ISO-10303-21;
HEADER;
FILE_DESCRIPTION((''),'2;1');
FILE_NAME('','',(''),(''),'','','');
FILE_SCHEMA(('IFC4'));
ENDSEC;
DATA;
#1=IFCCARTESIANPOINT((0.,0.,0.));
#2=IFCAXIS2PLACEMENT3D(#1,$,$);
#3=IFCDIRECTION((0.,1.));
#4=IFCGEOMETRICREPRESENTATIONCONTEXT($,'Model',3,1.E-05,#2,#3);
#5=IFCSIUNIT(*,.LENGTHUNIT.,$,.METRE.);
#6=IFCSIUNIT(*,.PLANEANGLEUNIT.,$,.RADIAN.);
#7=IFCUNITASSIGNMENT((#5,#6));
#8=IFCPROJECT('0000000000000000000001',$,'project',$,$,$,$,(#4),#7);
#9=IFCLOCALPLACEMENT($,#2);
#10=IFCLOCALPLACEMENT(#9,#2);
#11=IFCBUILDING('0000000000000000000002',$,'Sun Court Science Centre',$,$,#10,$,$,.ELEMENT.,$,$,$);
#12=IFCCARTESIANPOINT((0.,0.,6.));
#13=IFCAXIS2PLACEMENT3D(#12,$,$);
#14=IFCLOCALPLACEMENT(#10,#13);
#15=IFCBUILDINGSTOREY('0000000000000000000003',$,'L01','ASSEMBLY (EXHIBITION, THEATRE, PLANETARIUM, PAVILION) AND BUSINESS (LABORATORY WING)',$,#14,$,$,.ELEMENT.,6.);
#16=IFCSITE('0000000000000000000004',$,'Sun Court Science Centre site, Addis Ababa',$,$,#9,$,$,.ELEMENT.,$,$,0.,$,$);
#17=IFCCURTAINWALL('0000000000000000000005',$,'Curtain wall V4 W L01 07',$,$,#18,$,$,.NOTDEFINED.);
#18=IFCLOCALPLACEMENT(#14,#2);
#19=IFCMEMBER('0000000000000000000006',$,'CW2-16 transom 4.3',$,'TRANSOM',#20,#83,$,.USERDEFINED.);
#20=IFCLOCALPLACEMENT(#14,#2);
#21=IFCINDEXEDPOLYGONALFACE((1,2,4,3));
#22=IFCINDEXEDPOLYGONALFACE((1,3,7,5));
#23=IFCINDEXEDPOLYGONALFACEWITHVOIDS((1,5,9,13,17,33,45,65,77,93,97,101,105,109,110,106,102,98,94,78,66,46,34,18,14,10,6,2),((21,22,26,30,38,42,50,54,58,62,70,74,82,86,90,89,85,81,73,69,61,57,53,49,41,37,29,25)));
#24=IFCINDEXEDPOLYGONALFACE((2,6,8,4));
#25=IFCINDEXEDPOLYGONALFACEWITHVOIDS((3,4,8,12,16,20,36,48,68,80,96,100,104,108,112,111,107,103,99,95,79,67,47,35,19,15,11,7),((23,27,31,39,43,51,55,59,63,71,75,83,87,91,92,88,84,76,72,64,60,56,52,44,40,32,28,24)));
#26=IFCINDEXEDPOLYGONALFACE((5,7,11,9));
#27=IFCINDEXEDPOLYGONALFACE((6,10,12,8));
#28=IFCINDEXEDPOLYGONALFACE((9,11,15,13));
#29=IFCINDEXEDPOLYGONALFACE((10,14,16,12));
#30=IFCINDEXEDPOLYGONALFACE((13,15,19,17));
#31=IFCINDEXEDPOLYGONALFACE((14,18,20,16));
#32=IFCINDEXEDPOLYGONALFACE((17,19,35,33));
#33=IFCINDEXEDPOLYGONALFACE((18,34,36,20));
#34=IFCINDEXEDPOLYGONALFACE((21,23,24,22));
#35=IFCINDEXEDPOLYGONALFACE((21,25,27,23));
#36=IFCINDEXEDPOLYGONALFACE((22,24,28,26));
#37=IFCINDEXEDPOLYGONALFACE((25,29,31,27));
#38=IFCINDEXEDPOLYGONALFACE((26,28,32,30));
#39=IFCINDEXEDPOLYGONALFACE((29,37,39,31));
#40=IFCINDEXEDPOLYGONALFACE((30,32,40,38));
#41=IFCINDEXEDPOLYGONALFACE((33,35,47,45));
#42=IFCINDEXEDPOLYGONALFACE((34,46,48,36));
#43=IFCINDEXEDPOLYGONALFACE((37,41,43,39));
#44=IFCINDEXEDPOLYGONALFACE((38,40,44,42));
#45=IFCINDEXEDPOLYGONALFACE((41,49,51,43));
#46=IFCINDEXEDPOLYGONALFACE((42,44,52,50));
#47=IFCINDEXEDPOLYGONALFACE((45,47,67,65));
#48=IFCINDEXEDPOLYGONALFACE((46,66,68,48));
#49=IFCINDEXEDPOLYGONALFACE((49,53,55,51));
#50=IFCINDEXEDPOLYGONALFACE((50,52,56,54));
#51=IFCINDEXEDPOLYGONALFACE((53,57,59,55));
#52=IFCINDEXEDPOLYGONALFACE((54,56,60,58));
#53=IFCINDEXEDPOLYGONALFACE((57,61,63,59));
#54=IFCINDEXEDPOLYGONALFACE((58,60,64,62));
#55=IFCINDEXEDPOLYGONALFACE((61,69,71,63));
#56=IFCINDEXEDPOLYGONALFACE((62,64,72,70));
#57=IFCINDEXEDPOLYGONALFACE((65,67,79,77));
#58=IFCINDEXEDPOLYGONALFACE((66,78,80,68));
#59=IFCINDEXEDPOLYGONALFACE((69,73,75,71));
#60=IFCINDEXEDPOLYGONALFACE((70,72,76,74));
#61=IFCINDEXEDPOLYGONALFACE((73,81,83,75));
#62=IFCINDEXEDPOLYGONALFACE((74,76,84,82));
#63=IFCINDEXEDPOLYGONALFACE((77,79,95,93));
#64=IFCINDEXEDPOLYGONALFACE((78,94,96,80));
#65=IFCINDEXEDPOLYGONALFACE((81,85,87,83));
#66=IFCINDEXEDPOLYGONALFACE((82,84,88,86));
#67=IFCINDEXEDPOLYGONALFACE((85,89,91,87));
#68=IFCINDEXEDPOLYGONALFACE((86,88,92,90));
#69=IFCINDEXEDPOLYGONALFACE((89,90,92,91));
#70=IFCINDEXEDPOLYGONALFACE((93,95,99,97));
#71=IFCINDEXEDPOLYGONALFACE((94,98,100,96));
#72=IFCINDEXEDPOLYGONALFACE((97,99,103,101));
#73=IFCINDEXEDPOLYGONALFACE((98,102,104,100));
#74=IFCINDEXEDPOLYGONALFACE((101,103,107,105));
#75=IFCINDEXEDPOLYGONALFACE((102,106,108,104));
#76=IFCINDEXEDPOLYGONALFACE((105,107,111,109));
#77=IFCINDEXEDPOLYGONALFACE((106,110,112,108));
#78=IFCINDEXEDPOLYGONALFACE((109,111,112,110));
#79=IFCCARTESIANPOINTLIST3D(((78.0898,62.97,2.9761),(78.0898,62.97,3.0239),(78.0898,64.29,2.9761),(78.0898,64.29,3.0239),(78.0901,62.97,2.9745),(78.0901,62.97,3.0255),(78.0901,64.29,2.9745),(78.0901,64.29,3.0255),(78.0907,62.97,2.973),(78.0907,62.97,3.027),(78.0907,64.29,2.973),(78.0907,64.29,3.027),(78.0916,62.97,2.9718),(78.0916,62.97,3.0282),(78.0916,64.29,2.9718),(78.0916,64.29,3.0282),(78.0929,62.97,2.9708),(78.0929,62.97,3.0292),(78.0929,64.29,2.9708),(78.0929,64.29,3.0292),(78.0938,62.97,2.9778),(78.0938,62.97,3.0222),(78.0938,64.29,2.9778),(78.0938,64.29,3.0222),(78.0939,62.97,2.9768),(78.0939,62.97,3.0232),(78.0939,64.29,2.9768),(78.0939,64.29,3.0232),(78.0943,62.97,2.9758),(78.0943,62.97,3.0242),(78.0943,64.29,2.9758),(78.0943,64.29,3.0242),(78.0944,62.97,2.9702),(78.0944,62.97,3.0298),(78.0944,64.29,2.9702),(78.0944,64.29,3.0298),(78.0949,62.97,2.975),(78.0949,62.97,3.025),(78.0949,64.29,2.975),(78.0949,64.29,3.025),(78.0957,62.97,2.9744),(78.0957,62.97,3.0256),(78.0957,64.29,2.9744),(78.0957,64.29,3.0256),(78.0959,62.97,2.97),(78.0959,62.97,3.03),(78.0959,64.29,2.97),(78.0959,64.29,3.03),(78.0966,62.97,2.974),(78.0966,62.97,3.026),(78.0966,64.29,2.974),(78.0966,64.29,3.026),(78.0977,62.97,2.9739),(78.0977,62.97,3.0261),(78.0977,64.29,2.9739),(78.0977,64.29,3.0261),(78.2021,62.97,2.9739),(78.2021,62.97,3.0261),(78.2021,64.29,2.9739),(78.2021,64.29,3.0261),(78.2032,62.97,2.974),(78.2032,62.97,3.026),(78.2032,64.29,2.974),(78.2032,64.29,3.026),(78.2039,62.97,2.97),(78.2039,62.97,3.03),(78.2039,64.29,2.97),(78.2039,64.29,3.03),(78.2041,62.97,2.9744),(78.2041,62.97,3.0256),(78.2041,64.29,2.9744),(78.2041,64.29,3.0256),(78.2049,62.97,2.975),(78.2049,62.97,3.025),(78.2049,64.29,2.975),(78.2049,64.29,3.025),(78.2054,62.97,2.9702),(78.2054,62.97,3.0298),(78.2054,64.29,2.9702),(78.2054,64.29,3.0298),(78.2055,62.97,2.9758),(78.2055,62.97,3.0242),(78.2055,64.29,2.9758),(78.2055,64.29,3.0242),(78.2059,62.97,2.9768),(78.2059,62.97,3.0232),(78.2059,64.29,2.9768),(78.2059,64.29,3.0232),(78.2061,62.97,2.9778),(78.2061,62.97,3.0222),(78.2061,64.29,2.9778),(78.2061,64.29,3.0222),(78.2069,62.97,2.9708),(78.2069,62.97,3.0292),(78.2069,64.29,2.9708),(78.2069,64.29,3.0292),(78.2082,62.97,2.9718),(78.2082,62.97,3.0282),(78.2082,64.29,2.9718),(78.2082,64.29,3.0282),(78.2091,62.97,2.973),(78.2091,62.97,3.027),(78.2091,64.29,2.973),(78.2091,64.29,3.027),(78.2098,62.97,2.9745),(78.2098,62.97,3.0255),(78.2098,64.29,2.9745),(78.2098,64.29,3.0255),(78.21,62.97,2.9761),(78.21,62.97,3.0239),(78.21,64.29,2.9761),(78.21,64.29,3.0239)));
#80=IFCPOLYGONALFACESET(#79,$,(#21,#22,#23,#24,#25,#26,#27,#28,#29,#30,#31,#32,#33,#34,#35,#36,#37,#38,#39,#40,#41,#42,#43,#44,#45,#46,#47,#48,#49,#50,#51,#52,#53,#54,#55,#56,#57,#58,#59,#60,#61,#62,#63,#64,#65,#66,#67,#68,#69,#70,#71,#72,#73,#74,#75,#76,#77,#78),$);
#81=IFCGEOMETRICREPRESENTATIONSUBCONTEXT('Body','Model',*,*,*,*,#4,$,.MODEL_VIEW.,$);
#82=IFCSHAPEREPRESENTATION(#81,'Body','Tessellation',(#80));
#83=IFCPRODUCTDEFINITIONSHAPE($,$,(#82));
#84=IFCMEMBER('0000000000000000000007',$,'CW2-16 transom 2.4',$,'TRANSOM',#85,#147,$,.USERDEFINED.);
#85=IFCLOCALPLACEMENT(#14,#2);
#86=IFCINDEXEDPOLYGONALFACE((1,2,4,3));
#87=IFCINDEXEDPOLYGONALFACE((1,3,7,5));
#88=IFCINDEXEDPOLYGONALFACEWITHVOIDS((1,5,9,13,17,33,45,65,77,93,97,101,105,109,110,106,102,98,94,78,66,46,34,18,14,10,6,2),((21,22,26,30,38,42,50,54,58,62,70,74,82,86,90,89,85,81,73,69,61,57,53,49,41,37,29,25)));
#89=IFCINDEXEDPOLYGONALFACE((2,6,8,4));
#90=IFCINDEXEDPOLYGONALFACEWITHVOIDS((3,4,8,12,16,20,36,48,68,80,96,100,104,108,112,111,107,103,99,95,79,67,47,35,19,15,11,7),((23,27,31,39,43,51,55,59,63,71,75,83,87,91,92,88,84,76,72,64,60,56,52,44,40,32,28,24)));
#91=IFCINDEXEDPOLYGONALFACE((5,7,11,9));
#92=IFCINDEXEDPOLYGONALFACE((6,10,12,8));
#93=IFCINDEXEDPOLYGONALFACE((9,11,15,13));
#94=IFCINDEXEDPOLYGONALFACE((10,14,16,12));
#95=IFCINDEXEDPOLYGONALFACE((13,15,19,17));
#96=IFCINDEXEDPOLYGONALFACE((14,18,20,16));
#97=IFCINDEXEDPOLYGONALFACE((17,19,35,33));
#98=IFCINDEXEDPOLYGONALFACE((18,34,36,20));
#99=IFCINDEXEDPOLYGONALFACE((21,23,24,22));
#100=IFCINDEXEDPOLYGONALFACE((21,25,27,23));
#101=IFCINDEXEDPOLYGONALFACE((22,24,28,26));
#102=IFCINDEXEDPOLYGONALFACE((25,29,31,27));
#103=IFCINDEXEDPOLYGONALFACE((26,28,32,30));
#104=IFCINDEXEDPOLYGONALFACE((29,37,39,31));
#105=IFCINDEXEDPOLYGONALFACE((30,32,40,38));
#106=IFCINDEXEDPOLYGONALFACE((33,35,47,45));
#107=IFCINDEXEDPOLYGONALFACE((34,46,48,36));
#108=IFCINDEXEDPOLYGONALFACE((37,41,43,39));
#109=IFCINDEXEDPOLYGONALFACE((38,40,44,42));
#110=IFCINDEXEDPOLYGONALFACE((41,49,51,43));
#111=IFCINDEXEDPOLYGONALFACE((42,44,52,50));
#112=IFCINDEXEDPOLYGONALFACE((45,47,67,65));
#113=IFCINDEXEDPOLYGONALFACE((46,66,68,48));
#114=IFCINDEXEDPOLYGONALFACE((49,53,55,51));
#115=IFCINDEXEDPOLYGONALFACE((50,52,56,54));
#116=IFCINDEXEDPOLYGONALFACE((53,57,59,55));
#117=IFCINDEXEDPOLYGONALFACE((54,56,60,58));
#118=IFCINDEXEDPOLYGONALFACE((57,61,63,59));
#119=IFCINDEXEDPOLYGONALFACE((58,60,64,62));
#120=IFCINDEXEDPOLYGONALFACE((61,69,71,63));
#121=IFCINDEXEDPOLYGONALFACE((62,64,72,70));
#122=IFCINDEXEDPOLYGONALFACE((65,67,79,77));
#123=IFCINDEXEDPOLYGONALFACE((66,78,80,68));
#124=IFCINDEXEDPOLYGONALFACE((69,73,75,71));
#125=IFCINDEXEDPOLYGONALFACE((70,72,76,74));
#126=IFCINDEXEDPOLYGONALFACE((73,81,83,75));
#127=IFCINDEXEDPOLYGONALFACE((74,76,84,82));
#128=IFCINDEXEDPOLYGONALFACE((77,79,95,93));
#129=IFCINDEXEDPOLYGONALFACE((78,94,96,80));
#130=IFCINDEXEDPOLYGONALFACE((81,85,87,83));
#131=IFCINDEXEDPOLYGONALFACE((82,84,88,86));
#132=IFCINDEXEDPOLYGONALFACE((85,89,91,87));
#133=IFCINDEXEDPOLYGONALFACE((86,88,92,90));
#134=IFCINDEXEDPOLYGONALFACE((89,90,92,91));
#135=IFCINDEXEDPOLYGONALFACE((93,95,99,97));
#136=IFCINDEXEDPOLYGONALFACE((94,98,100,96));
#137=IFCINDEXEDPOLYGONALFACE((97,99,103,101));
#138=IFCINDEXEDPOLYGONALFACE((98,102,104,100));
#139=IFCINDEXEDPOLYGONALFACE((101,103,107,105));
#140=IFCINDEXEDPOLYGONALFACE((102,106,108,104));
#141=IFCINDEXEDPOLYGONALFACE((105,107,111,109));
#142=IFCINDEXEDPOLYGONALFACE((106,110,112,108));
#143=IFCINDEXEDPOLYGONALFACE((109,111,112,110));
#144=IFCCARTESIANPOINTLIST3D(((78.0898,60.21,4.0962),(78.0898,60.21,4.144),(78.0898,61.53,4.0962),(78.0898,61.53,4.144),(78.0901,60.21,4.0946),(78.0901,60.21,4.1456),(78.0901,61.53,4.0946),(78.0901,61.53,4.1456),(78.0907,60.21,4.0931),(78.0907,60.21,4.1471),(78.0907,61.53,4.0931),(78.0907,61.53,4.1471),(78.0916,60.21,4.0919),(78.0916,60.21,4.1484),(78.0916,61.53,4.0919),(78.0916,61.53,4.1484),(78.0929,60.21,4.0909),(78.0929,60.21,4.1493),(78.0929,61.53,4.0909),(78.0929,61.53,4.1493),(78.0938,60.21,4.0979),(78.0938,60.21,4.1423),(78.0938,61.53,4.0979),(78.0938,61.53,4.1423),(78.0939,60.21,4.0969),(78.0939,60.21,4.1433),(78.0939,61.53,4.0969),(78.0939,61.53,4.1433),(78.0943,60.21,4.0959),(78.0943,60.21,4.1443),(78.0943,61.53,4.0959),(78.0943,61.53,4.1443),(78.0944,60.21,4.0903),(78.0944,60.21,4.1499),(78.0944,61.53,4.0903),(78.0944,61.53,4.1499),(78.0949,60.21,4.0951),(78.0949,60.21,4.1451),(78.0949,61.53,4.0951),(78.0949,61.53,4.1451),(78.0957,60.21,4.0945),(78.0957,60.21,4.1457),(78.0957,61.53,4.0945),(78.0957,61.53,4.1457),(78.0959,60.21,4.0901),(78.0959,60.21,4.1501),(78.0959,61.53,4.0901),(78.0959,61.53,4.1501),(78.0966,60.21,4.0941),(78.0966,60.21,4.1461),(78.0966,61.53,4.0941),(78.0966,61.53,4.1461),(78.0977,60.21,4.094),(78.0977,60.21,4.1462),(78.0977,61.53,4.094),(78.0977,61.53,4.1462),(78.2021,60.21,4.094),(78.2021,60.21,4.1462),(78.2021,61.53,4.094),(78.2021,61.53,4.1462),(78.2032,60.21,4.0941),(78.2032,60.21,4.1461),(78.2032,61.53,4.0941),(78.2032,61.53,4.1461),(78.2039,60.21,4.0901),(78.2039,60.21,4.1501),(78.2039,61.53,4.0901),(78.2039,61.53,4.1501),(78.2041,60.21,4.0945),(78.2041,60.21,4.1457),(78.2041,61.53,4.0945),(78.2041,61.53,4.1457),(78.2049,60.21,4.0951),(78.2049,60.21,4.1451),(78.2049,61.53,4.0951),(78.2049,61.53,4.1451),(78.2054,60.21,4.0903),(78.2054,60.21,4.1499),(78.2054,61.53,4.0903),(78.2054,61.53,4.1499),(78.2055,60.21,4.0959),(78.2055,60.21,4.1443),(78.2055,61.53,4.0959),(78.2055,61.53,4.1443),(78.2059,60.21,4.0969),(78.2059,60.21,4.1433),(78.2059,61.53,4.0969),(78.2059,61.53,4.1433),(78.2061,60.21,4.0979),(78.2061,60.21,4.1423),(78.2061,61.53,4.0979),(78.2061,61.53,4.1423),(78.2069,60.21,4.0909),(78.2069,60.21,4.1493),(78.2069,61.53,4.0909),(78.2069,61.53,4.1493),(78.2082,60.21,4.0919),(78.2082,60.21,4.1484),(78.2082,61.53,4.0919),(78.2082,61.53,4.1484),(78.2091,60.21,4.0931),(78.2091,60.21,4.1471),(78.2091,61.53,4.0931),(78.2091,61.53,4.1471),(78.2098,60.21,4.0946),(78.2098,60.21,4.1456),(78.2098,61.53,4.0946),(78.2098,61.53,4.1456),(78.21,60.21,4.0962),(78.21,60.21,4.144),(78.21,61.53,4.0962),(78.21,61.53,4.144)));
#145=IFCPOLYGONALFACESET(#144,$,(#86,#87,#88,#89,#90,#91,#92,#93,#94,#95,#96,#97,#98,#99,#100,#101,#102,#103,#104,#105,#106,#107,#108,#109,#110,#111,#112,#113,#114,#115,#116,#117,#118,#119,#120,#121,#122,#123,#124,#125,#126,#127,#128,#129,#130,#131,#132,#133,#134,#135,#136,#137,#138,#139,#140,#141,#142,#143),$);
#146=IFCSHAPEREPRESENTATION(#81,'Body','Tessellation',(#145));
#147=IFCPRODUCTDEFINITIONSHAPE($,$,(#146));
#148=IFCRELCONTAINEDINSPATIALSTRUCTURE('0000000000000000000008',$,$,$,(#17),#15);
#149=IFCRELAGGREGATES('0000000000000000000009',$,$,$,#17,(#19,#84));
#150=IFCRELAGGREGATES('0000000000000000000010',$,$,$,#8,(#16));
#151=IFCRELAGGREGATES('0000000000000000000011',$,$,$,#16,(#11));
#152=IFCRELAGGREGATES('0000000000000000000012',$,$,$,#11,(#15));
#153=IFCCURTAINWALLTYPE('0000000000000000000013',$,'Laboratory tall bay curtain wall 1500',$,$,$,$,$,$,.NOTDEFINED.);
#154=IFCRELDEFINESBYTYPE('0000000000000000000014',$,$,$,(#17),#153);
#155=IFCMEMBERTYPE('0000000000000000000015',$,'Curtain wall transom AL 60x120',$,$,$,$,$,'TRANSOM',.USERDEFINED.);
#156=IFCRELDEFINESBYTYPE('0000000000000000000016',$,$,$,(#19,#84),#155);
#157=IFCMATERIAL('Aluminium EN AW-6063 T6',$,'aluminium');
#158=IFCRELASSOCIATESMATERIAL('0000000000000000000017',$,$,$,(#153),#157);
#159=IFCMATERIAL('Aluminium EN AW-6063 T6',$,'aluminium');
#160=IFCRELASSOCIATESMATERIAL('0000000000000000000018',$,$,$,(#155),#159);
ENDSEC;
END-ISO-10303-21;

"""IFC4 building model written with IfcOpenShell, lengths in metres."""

from ifc_helpers import new_model, si_unit, direction, frame, origin, origin_2d, place, context, subcontext, project, spatial, hollow_rectangle, extrude, material, material_profile, profile_set, type_object, element, aggregate, save


model = new_model("IFC4")

# Units and contexts
model_context = context("Model", 3, precision=1e-05, world=origin(), true_north=direction((0.0, 1.0)))
body_context = subcontext(model_context, "Body", "Model", "MODEL_VIEW")
ifc_project = project(units=[si_unit("LENGTHUNIT", "METRE"), si_unit("PLANEANGLEUNIT", "RADIAN")], contexts=[model_context])

# Site, building, storey
site_placement = place(None, origin())
site = spatial("IfcSite", under=ifc_project, at=site_placement, Name="Sun Court Science Centre site, Addis Ababa", CompositionType="ELEMENT", RefElevation=0.0)
building_placement = place(site_placement, origin())
building = spatial("IfcBuilding", under=site, at=building_placement, Name="Sun Court Science Centre", CompositionType="ELEMENT")
storey_placement = place(building_placement, frame((0.0, 0.0, 6.0)))
storey = spatial("IfcBuildingStorey", under=building, at=storey_placement, Name="L01", Description="ASSEMBLY (EXHIBITION, THEATRE, PLANETARIUM, PAVILION) AND BUSINESS (LABORATORY WING)", CompositionType="ELEMENT", Elevation=6.0)

# Curtain wall, members
ifc_material_1 = material(Name="Aluminium EN AW-6063 T6", Category="aluminium")
curtain_wall_type = type_object("IfcCurtainWallType", Name="Laboratory tall bay curtain wall 1500", PredefinedType="NOTDEFINED", material=ifc_material_1)
curtain_wall_placement = place(storey_placement, origin())
curtain_wall = element("IfcCurtainWall", 1, at=curtain_wall_placement, inside=storey, type_object=curtain_wall_type, Name="Curtain wall V4 W L01 07", PredefinedType="NOTDEFINED")
ifc_material_2 = material(Name="Aluminium EN AW-6063 T6", Category="aluminium")
ifc_material_profile_1 = material_profile(ifc_material_2, hollow_rectangle(XDim=0.0601, YDim=0.1201, WallThickness=0.0039, InnerFilletRadius=0.0039, OuterFilletRadius=0.0061, at=origin_2d()), Name="AL 60x120x4")
ifc_profile_set_1 = profile_set([ifc_material_profile_1], Name="Aluminium EN AW-6063 T6")
member_type_1 = type_object("IfcMemberType", Name="Curtain wall transom AL 60x120", ElementType="TRANSOM", PredefinedType="USERDEFINED", material=ifc_profile_set_1)
member_1_placement = place(storey_placement, frame((78.1499, 62.97, 3.0), z_axis=(0.0, 1.0, 0.0), x_axis=(0.0, 0.0, 1.0)))
member_1 = element("IfcMember", 2, at=member_1_placement, type_object=member_type_1, Name="CW2-16 transom 4.3", ObjectType="TRANSOM", PredefinedType="USERDEFINED", context=body_context, shape_type="SweptSolid", body=[
    extrude(hollow_rectangle(XDim=0.0601, YDim=0.1201, WallThickness=0.0039, InnerFilletRadius=0.0039, OuterFilletRadius=0.0061, at=origin_2d()), origin(), (0.0, 0.0, 1.0), 1.3201),
])
member_2_placement = place(storey_placement, frame((78.1499, 60.21, 4.1201), z_axis=(0.0, 1.0, 0.0), x_axis=(0.0, 0.0, 1.0)))
member_2 = element("IfcMember", 3, at=member_2_placement, type_object=member_type_1, Name="CW2-16 transom 2.4", ObjectType="TRANSOM", PredefinedType="USERDEFINED", context=body_context, shape_type="SweptSolid", body=[
    extrude(hollow_rectangle(XDim=0.0601, YDim=0.1201, WallThickness=0.0039, InnerFilletRadius=0.0039, OuterFilletRadius=0.0061, at=origin_2d()), origin(), (0.0, 0.0, 1.0), 1.3201),
])

aggregate(curtain_wall, [member_1, member_2])

save(model, "model.ifc")
